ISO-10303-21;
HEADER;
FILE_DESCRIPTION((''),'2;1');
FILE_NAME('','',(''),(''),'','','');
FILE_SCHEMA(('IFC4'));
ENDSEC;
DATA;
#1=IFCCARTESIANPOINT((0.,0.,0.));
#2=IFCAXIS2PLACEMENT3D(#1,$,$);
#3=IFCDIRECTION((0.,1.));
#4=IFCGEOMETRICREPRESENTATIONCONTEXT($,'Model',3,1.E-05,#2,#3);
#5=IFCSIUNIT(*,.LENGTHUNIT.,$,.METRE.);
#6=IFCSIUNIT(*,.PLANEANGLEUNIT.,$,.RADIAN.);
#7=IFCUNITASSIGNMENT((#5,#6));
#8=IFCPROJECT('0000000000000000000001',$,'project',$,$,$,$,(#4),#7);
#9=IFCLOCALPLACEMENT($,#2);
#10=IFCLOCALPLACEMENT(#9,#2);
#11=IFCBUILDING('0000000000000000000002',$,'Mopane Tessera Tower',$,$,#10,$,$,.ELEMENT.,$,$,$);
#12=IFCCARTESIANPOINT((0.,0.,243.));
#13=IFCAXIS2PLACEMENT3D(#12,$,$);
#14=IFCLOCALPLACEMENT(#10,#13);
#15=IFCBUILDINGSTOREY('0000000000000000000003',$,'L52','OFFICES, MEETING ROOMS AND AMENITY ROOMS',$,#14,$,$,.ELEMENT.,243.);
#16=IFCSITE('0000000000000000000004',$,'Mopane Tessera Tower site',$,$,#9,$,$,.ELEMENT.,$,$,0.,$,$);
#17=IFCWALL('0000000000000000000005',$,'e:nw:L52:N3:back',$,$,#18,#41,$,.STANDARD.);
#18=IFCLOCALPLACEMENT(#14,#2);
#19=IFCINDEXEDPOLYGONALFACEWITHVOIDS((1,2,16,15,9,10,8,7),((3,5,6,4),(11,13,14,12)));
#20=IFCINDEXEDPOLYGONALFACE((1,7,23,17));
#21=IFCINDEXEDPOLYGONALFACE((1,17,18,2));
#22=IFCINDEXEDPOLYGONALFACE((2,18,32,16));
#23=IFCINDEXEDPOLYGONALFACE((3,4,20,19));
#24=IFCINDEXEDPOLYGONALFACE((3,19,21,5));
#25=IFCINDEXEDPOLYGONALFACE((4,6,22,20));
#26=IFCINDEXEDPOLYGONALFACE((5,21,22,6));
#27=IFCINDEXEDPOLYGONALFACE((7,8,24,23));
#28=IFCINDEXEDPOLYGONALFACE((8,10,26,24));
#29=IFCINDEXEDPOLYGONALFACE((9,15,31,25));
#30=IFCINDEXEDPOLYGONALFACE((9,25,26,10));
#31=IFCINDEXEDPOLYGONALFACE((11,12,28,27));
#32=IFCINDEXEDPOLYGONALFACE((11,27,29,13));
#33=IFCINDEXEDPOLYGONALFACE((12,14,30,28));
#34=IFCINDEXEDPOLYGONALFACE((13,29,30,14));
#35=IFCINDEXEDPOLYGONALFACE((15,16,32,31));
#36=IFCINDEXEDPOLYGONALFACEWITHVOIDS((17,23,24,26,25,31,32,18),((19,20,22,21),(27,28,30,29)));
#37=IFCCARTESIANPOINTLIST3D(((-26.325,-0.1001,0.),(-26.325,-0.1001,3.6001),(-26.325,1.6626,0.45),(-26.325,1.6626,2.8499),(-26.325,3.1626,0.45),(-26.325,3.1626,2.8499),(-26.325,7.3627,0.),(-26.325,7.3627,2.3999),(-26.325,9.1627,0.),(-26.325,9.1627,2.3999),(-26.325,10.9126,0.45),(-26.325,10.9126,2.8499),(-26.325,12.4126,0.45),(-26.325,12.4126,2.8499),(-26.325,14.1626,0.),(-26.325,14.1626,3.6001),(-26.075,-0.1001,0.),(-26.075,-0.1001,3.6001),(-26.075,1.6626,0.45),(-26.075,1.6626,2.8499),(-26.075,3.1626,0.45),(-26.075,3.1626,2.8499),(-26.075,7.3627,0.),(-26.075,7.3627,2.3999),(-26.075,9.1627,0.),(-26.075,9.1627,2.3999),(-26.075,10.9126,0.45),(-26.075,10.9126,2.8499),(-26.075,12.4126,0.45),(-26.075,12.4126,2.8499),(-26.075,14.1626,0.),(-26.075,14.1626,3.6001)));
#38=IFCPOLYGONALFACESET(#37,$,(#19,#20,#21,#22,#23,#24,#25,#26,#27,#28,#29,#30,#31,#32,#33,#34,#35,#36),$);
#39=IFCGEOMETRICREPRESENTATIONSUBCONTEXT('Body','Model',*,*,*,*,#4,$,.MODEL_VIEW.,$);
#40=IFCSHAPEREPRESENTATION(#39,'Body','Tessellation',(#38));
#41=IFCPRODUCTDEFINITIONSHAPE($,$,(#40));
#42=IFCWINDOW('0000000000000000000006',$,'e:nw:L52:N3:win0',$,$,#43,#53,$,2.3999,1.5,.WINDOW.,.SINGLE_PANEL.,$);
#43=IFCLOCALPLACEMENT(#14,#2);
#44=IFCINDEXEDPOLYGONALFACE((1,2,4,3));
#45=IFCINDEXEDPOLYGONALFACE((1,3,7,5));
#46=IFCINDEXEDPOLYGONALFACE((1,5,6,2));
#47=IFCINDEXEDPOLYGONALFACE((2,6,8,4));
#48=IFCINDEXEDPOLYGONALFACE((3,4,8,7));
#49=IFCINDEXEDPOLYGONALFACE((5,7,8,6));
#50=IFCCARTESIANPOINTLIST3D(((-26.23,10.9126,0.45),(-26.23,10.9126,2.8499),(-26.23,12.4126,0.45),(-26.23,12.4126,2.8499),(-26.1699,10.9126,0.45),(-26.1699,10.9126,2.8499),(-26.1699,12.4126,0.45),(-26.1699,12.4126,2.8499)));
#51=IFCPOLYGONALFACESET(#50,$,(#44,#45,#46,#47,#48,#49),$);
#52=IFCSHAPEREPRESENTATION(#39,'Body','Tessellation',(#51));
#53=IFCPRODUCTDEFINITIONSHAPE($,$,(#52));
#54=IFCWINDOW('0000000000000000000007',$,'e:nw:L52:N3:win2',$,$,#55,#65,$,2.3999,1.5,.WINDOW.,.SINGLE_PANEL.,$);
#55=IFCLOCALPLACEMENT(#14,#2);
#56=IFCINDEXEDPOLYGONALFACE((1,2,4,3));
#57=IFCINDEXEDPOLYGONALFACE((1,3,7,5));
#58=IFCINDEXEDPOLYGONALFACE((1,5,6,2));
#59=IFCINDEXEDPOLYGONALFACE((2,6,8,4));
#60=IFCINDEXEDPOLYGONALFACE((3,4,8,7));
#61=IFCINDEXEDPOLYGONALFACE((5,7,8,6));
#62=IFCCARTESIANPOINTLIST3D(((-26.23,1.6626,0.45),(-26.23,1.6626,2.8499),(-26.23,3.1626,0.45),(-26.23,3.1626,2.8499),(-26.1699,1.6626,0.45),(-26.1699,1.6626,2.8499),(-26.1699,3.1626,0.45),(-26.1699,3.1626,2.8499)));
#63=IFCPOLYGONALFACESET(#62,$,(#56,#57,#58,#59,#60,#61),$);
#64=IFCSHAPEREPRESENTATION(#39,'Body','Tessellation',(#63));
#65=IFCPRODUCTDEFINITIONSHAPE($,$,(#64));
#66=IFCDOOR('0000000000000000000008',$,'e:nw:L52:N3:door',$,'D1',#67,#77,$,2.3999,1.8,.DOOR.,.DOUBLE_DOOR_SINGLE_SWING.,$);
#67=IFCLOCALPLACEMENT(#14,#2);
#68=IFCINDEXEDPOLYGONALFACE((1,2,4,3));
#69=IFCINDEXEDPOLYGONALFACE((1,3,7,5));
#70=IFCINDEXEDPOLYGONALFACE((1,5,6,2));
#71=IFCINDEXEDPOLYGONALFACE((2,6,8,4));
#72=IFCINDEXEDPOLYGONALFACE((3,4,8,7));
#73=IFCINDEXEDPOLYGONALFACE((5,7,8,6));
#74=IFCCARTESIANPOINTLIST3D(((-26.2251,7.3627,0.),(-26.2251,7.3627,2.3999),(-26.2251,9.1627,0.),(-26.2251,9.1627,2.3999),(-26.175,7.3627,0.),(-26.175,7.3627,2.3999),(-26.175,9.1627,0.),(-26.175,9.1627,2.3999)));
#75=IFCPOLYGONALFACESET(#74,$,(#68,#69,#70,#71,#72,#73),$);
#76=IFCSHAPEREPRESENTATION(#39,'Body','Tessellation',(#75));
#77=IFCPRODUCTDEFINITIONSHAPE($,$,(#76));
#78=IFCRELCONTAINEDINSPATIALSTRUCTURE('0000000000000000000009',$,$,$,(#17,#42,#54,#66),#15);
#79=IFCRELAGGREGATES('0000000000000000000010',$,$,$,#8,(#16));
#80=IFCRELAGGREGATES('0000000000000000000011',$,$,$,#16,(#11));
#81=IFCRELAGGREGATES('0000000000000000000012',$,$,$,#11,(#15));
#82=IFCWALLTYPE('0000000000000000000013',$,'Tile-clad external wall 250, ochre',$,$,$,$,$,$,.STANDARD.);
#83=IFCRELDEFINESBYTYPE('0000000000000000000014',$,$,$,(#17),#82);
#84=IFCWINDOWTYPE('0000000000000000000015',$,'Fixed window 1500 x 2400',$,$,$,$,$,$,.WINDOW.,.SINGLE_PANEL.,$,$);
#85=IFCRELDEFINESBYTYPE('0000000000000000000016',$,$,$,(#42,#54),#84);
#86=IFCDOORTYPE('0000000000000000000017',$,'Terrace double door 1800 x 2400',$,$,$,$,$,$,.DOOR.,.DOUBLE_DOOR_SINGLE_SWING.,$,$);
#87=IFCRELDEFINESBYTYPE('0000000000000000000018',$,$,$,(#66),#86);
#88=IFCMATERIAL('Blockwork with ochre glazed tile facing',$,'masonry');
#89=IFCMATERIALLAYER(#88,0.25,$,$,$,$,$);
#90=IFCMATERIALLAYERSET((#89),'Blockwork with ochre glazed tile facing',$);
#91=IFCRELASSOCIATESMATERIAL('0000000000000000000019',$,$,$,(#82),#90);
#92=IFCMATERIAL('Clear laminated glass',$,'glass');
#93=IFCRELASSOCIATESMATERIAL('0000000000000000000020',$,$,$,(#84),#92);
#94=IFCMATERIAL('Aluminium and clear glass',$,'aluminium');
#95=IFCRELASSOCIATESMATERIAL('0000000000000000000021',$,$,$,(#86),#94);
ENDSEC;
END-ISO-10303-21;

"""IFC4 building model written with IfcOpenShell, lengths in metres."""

from ifc_helpers import new_model, si_unit, direction, frame, frame_2d, origin, place, context, subcontext, project, spatial, rectangle, extrude, material, layer, layer_set, type_object, element, fill, save


model = new_model("IFC4")

# Units and contexts
model_context = context("Model", 3, precision=1e-05, world=origin(), true_north=direction((0.0, 1.0)))
body_context = subcontext(model_context, "Body", "Model", "MODEL_VIEW")
ifc_project = project(units=[si_unit("LENGTHUNIT", "METRE"), si_unit("PLANEANGLEUNIT", "RADIAN")], contexts=[model_context])

# Site, building, storey
site_placement = place(None, origin())
site = spatial("IfcSite", under=ifc_project, at=site_placement, Name="Mopane Tessera Tower site", CompositionType="ELEMENT", RefElevation=0.0)
building_placement = place(site_placement, origin())
building = spatial("IfcBuilding", under=site, at=building_placement, Name="Mopane Tessera Tower", CompositionType="ELEMENT")
storey_placement = place(building_placement, frame((0.0, 0.0, 243.0)))
storey = spatial("IfcBuildingStorey", under=building, at=storey_placement, Name="L52", Description="OFFICES, MEETING ROOMS AND AMENITY ROOMS", CompositionType="ELEMENT", Elevation=243.0)

# Wall, openings, windows, door
ifc_material_1 = material(Name="Blockwork with ochre glazed tile facing", Category="masonry")
ifc_layer_1 = layer(ifc_material_1, 0.25)
ifc_layer_set_1 = layer_set([ifc_layer_1], Name="Blockwork with ochre glazed tile facing")
wall_type_1 = type_object("IfcWallType", Name="Tile-clad external wall 250, ochre", PredefinedType="STANDARD", material=ifc_layer_set_1)
wall_1_placement = place(storey_placement, frame((-26.2, 14.1626, 0.0), z_axis=(0.0, 0.0, 1.0), x_axis=(0.0, -1.0, 0.0)))
wall_1 = element("IfcWall", 1, at=wall_1_placement, inside=storey, type_object=wall_type_1, Name="e:nw:L52:N3:back", PredefinedType="STANDARD", context=body_context, shape_type="SweptSolid", body=[
    extrude(rectangle(XDim=14.2627, YDim=0.25, at=frame_2d((7.1313, 0.0))), origin(), (0.0, 0.0, 1.0), 3.6001),
])
opening_1_placement = place(wall_1_placement, frame((1.75, 0.0, 0.45)))
opening_1 = element("IfcOpeningElement", 2, at=opening_1_placement, cuts=wall_1, PredefinedType="OPENING", context=body_context, shape_type="SweptSolid", body=[
    extrude(rectangle(XDim=1.5, YDim=2.3999, at=frame_2d((0.75, 1.2))), frame((0.0, 0.137, 0.0), z_axis=(0.0, -1.0, 0.0), x_axis=(1.0, 0.0, 0.0)), (0.0, 0.0, 1.0), 0.2739),
])
opening_2_placement = place(wall_1_placement, frame((5.0, 0.0, 0.0)))
opening_2 = element("IfcOpeningElement", 3, at=opening_2_placement, cuts=wall_1, PredefinedType="OPENING", context=body_context, shape_type="SweptSolid", body=[
    extrude(rectangle(XDim=1.8, YDim=2.3999, at=frame_2d((0.8999, 1.2))), frame((0.0, 0.137, 0.0), z_axis=(0.0, -1.0, 0.0), x_axis=(1.0, 0.0, 0.0)), (0.0, 0.0, 1.0), 0.2739),
])
opening_3_placement = place(wall_1_placement, frame((11.0, 0.0, 0.45)))
opening_3 = element("IfcOpeningElement", 4, at=opening_3_placement, cuts=wall_1, PredefinedType="OPENING", context=body_context, shape_type="SweptSolid", body=[
    extrude(rectangle(XDim=1.5, YDim=2.3999, at=frame_2d((0.75, 1.2))), frame((0.0, 0.137, 0.0), z_axis=(0.0, -1.0, 0.0), x_axis=(1.0, 0.0, 0.0)), (0.0, 0.0, 1.0), 0.2739),
])
ifc_material_2 = material(Name="Clear laminated glass", Category="glass")
window_type = type_object("IfcWindowType", Name="Fixed window 1500 x 2400", PartitioningType="SINGLE_PANEL", PredefinedType="WINDOW", material=ifc_material_2)
window_1_placement = place(opening_1_placement, origin())
window_1 = element("IfcWindow", 5, at=window_1_placement, inside=storey, type_object=window_type, Name="e:nw:L52:N3:win0", OverallHeight=2.3999, OverallWidth=1.5, PartitioningType="SINGLE_PANEL", PredefinedType="WINDOW", context=body_context, shape_type="SweptSolid", body=[
    extrude(rectangle(XDim=1.5, YDim=2.3999, at=frame_2d((0.75, 1.2))), frame((0.0, 0.03, 0.0), z_axis=(0.0, -1.0, 0.0), x_axis=(1.0, 0.0, 0.0)), (0.0, 0.0, 1.0), 0.0601),
])
fill(opening_1, window_1)
window_2_placement = place(opening_3_placement, origin())
window_2 = element("IfcWindow", 6, at=window_2_placement, inside=storey, type_object=window_type, Name="e:nw:L52:N3:win2", OverallHeight=2.3999, OverallWidth=1.5, PartitioningType="SINGLE_PANEL", PredefinedType="WINDOW", context=body_context, shape_type="SweptSolid", body=[
    extrude(rectangle(XDim=1.5, YDim=2.3999, at=frame_2d((0.75, 1.2))), frame((0.0, 0.03, 0.0), z_axis=(0.0, -1.0, 0.0), x_axis=(1.0, 0.0, 0.0)), (0.0, 0.0, 1.0), 0.0601),
])
fill(opening_3, window_2)
ifc_material_3 = material(Name="Aluminium and clear glass", Category="aluminium")
door_type_1 = type_object("IfcDoorType", Name="Terrace double door 1800 x 2400", OperationType="DOUBLE_DOOR_SINGLE_SWING", PredefinedType="DOOR", material=ifc_material_3)
door_1_placement = place(opening_2_placement, origin())
door_1 = element("IfcDoor", 7, at=door_1_placement, inside=storey, type_object=door_type_1, Name="e:nw:L52:N3:door", ObjectType="D1", OperationType="DOUBLE_DOOR_SINGLE_SWING", OverallHeight=2.3999, OverallWidth=1.8, PredefinedType="DOOR", context=body_context, shape_type="SweptSolid", body=[
    extrude(rectangle(XDim=1.8, YDim=2.3999, at=frame_2d((0.8999, 1.2))), frame((0.0, 0.0249, 0.0), z_axis=(0.0, -1.0, 0.0), x_axis=(1.0, 0.0, 0.0)), (0.0, 0.0, 1.0), 0.05),
])
fill(opening_2, door_1)

save(model, "model.ifc")
